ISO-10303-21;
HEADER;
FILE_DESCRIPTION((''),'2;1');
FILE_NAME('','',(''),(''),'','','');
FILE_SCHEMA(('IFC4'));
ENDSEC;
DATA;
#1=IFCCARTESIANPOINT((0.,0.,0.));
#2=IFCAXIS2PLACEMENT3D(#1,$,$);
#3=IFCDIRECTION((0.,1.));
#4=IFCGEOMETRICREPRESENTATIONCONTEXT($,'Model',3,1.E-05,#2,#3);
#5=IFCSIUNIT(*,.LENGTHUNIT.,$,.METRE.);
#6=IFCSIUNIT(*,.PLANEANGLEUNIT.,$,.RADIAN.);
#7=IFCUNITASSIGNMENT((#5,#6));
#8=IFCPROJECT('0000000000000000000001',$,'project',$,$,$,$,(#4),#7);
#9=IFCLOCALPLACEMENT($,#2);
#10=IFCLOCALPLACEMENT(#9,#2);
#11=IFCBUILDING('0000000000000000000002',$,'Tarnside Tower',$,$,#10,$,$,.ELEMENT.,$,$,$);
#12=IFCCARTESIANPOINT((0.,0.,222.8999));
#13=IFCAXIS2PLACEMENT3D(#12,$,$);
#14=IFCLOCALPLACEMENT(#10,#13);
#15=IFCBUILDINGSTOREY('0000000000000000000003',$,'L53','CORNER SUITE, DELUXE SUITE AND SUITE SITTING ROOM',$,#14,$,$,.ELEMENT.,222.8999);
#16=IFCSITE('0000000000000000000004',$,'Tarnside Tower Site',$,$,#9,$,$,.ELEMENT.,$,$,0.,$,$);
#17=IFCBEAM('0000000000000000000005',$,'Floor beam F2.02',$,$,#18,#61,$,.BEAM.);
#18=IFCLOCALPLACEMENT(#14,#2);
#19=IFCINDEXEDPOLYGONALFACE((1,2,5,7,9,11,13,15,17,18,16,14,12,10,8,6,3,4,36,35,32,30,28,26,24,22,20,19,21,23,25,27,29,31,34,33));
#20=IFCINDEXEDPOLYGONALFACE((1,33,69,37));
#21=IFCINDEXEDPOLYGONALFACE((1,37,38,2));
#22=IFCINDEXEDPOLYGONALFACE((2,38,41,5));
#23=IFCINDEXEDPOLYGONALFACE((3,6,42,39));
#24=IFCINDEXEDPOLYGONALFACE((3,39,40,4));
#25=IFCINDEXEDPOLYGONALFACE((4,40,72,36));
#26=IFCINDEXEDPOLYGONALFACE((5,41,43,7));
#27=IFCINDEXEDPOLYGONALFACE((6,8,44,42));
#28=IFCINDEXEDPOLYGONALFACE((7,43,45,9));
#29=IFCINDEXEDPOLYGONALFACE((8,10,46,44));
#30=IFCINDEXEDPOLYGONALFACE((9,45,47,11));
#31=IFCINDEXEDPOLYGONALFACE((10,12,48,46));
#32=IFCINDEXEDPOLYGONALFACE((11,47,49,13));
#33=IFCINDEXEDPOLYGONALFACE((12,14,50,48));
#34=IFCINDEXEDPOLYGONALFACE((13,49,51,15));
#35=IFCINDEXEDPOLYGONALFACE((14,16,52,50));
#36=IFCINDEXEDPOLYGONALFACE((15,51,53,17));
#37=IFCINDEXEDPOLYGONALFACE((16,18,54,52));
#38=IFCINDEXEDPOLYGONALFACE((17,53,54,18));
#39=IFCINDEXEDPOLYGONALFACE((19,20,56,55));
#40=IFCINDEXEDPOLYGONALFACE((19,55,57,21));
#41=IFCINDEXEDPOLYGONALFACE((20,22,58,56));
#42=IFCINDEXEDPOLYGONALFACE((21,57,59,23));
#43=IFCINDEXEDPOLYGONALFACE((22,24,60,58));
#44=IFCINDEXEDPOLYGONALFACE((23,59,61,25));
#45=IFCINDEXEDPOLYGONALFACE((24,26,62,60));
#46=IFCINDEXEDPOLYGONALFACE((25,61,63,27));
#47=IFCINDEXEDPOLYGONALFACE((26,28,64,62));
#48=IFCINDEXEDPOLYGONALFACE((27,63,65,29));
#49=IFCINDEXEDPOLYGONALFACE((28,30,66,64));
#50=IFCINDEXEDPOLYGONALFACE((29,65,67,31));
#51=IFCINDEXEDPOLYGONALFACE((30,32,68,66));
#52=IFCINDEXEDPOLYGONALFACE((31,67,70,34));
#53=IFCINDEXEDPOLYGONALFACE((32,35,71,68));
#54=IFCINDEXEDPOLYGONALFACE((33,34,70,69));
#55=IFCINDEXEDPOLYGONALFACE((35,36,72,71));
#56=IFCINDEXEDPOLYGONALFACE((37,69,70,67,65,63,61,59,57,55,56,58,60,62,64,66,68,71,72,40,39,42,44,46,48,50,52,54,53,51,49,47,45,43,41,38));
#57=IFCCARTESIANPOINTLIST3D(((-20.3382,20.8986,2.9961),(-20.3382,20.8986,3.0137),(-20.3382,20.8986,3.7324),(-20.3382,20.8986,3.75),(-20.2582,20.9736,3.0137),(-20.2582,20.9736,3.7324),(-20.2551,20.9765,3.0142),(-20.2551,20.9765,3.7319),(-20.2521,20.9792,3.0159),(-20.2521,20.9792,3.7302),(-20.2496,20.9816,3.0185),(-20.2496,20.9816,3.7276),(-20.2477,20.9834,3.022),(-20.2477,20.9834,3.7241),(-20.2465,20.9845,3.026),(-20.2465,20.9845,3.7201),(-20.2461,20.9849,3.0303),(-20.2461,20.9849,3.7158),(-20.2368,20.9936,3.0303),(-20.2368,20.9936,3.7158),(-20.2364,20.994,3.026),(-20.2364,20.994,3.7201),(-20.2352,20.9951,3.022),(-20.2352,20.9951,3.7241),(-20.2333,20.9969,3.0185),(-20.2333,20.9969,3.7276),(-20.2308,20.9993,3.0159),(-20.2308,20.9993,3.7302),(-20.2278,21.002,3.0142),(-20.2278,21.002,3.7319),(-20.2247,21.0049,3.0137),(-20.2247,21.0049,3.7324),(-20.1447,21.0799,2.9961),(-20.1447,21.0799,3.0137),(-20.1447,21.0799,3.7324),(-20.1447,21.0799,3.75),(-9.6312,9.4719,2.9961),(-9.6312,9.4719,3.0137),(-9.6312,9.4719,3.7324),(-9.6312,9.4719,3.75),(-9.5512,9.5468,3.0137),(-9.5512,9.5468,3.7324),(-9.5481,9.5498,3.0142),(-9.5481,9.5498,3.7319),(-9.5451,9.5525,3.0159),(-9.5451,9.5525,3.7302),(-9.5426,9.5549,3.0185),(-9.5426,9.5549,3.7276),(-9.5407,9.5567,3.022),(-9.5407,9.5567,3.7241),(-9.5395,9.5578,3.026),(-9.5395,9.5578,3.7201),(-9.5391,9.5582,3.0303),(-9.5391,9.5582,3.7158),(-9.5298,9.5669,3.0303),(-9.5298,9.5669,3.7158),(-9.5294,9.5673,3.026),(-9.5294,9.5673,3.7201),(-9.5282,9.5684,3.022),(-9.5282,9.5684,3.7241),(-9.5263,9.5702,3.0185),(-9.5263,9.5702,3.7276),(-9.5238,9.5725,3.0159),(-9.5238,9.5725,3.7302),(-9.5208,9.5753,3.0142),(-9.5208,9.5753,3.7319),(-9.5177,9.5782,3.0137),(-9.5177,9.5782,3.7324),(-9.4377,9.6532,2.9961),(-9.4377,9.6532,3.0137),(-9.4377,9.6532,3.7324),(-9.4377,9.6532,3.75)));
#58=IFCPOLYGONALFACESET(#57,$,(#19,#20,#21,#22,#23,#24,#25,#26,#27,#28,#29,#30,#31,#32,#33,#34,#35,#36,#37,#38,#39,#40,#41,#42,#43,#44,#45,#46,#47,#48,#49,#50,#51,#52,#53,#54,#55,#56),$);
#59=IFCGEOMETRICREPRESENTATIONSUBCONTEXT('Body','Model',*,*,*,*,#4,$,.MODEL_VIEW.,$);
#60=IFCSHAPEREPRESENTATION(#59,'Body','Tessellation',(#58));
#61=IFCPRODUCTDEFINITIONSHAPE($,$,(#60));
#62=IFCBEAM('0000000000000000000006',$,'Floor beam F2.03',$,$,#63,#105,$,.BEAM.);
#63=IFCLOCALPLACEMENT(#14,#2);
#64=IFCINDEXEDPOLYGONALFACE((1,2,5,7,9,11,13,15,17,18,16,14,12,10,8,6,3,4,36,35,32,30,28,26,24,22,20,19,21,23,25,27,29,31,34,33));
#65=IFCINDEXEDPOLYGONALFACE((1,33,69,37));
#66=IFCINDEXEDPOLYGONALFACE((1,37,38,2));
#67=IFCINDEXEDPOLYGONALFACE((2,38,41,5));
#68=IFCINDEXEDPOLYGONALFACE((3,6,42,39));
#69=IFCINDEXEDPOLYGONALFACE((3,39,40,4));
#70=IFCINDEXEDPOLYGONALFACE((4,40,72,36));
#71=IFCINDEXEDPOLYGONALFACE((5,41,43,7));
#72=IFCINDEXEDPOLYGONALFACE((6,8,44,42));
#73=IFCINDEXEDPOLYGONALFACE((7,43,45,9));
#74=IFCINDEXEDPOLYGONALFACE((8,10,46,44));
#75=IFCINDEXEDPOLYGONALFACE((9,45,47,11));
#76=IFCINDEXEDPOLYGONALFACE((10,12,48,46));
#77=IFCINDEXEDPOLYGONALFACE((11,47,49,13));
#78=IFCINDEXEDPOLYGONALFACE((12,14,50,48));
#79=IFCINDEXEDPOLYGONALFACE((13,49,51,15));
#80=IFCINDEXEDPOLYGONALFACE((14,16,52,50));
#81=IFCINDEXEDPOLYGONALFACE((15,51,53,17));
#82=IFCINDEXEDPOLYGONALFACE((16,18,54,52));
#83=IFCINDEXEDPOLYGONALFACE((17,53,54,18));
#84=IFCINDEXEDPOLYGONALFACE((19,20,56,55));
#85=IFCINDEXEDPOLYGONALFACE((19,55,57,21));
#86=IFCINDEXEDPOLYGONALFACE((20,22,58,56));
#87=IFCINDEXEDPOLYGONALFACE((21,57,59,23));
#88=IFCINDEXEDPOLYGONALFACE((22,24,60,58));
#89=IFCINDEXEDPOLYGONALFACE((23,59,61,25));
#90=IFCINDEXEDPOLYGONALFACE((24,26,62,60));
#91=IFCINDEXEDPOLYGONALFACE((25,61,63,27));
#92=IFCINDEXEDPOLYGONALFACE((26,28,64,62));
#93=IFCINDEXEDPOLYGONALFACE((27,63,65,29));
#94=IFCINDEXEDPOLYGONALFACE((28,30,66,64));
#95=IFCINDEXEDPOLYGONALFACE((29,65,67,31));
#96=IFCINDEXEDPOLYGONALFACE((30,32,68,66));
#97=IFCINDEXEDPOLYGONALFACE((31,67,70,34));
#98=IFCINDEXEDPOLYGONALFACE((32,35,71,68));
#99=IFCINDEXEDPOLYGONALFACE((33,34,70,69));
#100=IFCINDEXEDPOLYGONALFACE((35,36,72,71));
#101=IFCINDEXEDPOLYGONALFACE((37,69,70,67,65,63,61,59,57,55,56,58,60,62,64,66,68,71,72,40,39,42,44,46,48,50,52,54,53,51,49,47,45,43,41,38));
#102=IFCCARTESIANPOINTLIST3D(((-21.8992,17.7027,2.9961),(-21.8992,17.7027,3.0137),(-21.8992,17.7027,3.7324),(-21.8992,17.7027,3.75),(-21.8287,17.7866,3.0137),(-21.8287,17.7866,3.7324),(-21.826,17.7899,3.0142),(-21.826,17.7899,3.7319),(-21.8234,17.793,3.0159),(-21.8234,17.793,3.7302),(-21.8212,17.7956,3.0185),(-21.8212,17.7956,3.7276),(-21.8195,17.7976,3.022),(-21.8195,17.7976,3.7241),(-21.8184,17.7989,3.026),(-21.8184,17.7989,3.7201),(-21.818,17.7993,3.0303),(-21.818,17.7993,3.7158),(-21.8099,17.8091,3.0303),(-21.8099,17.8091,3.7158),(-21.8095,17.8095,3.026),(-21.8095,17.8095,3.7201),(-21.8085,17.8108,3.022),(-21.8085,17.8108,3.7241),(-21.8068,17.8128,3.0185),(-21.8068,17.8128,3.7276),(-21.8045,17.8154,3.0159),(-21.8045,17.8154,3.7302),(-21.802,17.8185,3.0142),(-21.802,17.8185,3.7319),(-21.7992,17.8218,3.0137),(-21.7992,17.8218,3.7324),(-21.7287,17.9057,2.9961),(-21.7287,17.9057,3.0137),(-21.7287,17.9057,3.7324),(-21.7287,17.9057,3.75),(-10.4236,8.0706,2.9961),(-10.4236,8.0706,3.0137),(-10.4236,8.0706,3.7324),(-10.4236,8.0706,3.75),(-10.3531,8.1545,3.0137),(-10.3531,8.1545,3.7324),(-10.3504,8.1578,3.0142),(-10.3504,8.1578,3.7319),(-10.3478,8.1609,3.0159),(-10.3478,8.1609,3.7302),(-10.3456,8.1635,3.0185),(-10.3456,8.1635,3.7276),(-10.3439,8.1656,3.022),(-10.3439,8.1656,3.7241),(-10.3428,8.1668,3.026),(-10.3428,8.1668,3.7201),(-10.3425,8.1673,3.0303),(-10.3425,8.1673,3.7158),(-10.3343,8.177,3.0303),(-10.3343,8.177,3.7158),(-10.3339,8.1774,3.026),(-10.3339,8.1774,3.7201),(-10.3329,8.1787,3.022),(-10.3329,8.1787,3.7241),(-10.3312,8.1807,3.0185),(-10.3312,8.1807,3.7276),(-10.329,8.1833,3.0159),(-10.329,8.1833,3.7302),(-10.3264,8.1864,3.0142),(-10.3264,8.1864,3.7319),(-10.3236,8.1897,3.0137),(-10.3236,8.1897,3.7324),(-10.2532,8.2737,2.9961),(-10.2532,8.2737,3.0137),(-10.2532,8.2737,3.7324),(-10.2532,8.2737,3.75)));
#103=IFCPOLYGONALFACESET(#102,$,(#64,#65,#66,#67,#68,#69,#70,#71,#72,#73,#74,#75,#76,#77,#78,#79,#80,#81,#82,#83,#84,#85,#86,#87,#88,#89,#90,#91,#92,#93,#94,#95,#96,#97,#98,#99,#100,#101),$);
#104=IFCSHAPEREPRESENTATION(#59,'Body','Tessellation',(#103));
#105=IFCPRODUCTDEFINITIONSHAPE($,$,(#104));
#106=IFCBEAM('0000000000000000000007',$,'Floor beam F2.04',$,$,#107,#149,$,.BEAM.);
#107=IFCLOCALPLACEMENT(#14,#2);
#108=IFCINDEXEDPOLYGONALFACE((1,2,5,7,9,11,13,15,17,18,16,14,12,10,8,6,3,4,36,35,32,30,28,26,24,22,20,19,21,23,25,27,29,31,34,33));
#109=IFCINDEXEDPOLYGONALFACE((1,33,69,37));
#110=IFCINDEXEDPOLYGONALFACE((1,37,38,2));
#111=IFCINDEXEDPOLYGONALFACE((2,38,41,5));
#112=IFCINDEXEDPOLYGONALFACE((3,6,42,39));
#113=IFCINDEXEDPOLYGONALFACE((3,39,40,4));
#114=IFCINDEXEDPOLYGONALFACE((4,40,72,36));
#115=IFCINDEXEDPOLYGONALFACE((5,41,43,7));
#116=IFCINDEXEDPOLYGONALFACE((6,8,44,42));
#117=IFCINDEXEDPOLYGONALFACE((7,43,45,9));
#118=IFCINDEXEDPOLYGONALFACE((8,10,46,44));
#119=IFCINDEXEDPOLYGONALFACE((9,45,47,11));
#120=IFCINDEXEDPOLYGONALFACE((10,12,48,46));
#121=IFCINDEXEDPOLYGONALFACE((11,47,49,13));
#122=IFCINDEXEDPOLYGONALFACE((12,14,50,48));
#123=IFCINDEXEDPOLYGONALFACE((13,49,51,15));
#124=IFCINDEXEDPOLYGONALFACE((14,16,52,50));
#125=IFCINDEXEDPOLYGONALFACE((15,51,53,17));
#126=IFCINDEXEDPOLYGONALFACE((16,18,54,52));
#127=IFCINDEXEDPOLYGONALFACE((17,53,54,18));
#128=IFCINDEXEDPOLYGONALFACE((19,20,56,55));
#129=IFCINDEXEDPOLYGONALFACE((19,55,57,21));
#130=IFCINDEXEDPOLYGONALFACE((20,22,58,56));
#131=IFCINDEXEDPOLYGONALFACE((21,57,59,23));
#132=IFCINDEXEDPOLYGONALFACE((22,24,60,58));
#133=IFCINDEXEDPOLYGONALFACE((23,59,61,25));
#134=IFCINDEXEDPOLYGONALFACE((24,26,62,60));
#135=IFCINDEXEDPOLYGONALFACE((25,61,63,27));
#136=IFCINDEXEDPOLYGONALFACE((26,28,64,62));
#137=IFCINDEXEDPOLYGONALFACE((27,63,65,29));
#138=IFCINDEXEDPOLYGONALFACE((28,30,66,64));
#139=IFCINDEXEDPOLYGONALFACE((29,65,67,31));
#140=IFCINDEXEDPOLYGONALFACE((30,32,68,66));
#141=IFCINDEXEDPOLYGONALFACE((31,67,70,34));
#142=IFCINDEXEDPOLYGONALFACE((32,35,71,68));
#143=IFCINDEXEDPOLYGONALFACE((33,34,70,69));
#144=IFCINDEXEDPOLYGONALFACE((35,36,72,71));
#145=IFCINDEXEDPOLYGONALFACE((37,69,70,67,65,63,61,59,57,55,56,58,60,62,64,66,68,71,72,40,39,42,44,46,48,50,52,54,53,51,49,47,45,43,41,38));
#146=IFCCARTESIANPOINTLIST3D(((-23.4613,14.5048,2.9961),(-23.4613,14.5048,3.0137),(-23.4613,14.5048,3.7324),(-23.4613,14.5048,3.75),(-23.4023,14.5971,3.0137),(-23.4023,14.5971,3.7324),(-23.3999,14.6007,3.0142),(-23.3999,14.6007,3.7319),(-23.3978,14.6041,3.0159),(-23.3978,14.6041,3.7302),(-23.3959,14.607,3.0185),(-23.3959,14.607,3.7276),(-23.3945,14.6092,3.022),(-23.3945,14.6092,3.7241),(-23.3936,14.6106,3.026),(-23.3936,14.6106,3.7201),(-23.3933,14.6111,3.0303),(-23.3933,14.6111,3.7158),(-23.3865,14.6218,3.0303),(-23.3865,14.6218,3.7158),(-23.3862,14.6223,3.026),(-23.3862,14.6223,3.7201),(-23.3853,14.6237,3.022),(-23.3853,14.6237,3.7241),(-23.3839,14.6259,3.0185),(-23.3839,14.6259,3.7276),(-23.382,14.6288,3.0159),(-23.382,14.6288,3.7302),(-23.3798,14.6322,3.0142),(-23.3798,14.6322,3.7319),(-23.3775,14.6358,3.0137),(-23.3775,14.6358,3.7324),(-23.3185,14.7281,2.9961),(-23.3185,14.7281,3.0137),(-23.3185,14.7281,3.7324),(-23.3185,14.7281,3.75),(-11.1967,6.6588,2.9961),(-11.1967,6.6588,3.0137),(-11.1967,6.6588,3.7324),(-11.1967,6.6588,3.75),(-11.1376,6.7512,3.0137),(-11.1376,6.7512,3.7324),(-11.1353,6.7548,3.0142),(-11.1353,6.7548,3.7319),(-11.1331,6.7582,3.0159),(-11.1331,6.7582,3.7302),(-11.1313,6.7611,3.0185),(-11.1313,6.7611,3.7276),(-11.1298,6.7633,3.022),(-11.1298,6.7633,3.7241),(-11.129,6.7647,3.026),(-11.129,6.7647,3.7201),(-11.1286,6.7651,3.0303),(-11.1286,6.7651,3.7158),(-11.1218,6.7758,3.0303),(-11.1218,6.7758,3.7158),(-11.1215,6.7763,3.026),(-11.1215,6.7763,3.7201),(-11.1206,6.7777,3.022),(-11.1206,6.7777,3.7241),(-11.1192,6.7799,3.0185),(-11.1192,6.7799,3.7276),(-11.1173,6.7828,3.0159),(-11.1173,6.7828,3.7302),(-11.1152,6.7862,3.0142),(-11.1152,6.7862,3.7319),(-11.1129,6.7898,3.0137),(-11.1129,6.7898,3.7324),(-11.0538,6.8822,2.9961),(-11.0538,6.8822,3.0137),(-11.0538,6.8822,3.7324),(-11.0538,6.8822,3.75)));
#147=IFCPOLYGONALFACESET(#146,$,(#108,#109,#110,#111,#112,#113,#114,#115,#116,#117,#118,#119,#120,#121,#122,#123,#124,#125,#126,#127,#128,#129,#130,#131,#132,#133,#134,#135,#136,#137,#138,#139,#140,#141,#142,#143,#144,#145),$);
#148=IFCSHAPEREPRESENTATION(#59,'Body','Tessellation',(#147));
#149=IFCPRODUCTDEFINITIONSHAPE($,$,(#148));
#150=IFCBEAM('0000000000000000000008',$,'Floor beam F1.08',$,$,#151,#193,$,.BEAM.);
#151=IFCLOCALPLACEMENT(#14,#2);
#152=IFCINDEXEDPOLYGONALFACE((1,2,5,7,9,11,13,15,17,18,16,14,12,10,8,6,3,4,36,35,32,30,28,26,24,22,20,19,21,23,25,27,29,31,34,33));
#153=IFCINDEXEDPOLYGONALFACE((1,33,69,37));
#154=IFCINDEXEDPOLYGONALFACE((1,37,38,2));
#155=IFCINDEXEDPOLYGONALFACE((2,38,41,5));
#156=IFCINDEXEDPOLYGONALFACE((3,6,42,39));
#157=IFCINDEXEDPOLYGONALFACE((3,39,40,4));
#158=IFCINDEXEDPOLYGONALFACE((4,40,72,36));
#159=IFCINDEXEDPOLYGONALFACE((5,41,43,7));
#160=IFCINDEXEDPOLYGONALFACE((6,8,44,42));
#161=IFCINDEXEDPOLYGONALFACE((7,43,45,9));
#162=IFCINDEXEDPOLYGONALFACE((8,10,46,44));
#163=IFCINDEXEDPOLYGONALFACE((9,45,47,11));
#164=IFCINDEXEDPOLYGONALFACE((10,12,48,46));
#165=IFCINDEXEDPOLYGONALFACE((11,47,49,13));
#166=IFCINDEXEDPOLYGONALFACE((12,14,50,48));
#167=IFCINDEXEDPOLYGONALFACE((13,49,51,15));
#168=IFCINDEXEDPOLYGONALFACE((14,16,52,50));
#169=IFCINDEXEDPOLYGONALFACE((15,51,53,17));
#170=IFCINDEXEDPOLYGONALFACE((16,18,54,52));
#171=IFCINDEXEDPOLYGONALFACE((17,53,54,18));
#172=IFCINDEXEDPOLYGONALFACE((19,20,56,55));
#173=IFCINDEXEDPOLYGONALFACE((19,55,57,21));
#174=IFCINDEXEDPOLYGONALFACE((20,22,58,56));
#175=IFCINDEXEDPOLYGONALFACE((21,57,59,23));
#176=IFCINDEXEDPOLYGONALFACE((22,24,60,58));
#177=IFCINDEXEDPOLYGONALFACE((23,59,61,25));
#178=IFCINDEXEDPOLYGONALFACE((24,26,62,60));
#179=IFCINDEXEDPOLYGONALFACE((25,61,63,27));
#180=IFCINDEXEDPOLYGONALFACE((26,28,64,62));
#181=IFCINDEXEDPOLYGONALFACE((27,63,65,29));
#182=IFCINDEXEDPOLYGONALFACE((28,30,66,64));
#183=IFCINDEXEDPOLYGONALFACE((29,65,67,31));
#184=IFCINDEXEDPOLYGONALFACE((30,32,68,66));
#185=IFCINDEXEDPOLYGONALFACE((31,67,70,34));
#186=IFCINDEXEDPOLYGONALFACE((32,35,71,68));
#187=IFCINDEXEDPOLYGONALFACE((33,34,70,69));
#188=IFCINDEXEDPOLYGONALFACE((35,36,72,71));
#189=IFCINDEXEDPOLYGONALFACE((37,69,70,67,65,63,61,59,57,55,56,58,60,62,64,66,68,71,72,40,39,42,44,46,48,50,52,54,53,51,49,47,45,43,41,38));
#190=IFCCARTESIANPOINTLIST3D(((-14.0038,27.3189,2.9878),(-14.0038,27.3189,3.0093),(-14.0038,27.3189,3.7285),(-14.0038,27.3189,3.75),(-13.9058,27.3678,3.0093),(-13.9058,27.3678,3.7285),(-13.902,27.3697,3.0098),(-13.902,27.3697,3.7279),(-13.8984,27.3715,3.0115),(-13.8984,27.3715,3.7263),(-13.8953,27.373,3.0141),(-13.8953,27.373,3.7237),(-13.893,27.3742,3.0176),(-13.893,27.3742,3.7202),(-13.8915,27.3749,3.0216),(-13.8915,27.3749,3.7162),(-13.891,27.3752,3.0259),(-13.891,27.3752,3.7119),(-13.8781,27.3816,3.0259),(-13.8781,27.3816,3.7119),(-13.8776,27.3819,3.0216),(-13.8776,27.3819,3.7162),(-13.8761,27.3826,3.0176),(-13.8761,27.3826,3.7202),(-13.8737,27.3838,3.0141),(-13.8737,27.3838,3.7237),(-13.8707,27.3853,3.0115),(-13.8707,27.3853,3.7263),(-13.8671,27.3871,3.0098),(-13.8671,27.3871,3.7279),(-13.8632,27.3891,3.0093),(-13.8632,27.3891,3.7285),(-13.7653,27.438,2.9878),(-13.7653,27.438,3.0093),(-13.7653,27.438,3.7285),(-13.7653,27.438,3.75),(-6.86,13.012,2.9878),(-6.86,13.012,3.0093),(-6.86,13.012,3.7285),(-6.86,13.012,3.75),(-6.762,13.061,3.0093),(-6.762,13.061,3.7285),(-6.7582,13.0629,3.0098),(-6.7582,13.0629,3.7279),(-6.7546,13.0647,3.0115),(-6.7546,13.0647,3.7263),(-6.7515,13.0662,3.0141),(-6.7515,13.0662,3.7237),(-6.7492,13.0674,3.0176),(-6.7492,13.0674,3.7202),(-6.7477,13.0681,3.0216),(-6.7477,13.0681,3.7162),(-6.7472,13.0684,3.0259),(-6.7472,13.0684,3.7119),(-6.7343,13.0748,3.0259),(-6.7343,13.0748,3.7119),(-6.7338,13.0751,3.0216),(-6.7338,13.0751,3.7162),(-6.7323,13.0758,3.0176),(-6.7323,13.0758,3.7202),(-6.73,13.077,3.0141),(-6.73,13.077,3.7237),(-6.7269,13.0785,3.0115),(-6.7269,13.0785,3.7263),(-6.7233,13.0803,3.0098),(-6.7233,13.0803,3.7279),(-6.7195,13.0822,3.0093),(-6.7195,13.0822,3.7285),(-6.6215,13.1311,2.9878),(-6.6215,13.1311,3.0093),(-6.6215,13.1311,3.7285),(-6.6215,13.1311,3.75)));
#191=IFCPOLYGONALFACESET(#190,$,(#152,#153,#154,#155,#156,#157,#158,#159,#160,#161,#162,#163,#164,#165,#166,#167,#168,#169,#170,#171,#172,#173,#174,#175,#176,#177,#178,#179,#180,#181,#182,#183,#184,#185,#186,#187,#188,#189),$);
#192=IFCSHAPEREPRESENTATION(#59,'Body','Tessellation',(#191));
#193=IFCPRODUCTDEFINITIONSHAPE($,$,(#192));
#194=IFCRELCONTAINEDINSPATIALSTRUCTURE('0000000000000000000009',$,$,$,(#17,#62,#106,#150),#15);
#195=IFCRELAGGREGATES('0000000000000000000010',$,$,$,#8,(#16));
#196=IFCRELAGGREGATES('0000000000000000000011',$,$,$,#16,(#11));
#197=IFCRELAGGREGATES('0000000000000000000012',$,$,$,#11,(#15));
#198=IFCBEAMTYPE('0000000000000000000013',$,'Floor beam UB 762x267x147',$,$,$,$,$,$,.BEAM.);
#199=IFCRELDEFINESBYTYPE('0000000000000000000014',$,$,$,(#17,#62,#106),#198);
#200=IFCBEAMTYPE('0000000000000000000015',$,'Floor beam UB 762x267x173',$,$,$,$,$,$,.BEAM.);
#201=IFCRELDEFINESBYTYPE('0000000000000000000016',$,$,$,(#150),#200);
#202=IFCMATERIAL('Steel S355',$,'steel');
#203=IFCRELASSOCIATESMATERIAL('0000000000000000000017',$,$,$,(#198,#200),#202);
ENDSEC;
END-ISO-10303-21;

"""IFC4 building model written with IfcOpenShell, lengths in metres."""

from ifc_helpers import new_model, si_unit, direction, frame, origin, origin_2d, place, context, subcontext, project, spatial, i_section, extrude, material, material_profile, profile_set, type_object, element, save


model = new_model("IFC4")

# Units and contexts
model_context = context("Model", 3, precision=1e-05, world=origin(), true_north=direction((0.0, 1.0)))
body_context = subcontext(model_context, "Body", "Model", "MODEL_VIEW")
ifc_project = project(units=[si_unit("LENGTHUNIT", "METRE"), si_unit("PLANEANGLEUNIT", "RADIAN")], contexts=[model_context])

# Site, building, storey
site_placement = place(None, origin())
site = spatial("IfcSite", under=ifc_project, at=site_placement, Name="Tarnside Tower Site", CompositionType="ELEMENT", RefElevation=0.0)
building_placement = place(site_placement, origin())
building = spatial("IfcBuilding", under=site, at=building_placement, Name="Tarnside Tower", CompositionType="ELEMENT")
storey_placement = place(building_placement, frame((0.0, 0.0, 222.8999)))
storey = spatial("IfcBuildingStorey", under=building, at=storey_placement, Name="L53", Description="CORNER SUITE, DELUXE SUITE AND SUITE SITTING ROOM", CompositionType="ELEMENT", Elevation=222.8999)

# Beams
ifc_material_1 = material(Name="Steel S355", Category="steel")
ifc_material_profile_1 = material_profile(ifc_material_1, i_section(OverallWidth=0.2651, OverallDepth=0.7539, WebThickness=0.0127, FlangeThickness=0.0176, FilletRadius=0.0166, at=origin_2d()), Name="UB 762x267x147")
ifc_profile_set_1 = profile_set([ifc_material_profile_1], Name="Steel S355")
beam_type_1 = type_object("IfcBeamType", Name="Floor beam UB 762x267x147", PredefinedType="BEAM", material=ifc_profile_set_1)
beam_1_placement = place(storey_placement, frame((-20.2415, 20.9893, 3.373), z_axis=(0.683752, -0.729714, 0.0), x_axis=(0.729714, 0.683752, 0.0)))
element("IfcBeam", 1, at=beam_1_placement, inside=storey, type_object=beam_type_1, Name="Floor beam F2.02", PredefinedType="BEAM", context=body_context, shape_type="SweptSolid", body=[
    extrude(i_section(OverallWidth=0.2651, OverallDepth=0.7539, WebThickness=0.0127, FlangeThickness=0.0176, FilletRadius=0.0166, at=origin_2d()), origin(), (0.0, 0.0, 1.0), 15.6592),
])
beam_2_placement = place(storey_placement, frame((-21.814, 17.8042, 3.373), z_axis=(0.765948, -0.642902, 0.0), x_axis=(0.642902, 0.765948, 0.0)))
element("IfcBeam", 2, at=beam_2_placement, inside=storey, type_object=beam_type_1, Name="Floor beam F2.03", PredefinedType="BEAM", context=body_context, shape_type="SweptSolid", body=[
    extrude(i_section(OverallWidth=0.2651, OverallDepth=0.7539, WebThickness=0.0127, FlangeThickness=0.0176, FilletRadius=0.0166, at=origin_2d()), origin(), (0.0, 0.0, 1.0), 14.9822),
])
beam_3_placement = place(storey_placement, frame((-23.3899, 14.6165, 3.373), z_axis=(0.842378, -0.538887, 0.0), x_axis=(0.538887, 0.842378, 0.0)))
element("IfcBeam", 3, at=beam_3_placement, inside=storey, type_object=beam_type_1, Name="Floor beam F2.04", PredefinedType="BEAM", context=body_context, shape_type="SweptSolid", body=[
    extrude(i_section(OverallWidth=0.2651, OverallDepth=0.7539, WebThickness=0.0127, FlangeThickness=0.0176, FilletRadius=0.0166, at=origin_2d()), origin(), (0.0, 0.0, 1.0), 14.5596),
])
ifc_material_profile_2 = material_profile(ifc_material_1, i_section(OverallWidth=0.2666, OverallDepth=0.7622, WebThickness=0.0144, FlangeThickness=0.0215, FilletRadius=0.0166, at=origin_2d()), Name="UB 762x267x173")
ifc_profile_set_2 = profile_set([ifc_material_profile_2], Name="Steel S355")
beam_type_2 = type_object("IfcBeamType", Name="Floor beam UB 762x267x173", PredefinedType="BEAM", material=ifc_profile_set_2)
beam_4_placement = place(storey_placement, frame((-13.8845, 27.3784, 3.3689), z_axis=(0.446731, -0.894668, 0.0), x_axis=(0.894668, 0.446731, 0.0)))
element("IfcBeam", 4, at=beam_4_placement, inside=storey, type_object=beam_type_2, Name="Floor beam F1.08", PredefinedType="BEAM", context=body_context, shape_type="SweptSolid", body=[
    extrude(i_section(OverallWidth=0.2666, OverallDepth=0.7622, WebThickness=0.0144, FlangeThickness=0.0215, FilletRadius=0.0166, at=origin_2d()), origin(), (0.0, 0.0, 1.0), 15.9912),
])

save(model, "model.ifc")
